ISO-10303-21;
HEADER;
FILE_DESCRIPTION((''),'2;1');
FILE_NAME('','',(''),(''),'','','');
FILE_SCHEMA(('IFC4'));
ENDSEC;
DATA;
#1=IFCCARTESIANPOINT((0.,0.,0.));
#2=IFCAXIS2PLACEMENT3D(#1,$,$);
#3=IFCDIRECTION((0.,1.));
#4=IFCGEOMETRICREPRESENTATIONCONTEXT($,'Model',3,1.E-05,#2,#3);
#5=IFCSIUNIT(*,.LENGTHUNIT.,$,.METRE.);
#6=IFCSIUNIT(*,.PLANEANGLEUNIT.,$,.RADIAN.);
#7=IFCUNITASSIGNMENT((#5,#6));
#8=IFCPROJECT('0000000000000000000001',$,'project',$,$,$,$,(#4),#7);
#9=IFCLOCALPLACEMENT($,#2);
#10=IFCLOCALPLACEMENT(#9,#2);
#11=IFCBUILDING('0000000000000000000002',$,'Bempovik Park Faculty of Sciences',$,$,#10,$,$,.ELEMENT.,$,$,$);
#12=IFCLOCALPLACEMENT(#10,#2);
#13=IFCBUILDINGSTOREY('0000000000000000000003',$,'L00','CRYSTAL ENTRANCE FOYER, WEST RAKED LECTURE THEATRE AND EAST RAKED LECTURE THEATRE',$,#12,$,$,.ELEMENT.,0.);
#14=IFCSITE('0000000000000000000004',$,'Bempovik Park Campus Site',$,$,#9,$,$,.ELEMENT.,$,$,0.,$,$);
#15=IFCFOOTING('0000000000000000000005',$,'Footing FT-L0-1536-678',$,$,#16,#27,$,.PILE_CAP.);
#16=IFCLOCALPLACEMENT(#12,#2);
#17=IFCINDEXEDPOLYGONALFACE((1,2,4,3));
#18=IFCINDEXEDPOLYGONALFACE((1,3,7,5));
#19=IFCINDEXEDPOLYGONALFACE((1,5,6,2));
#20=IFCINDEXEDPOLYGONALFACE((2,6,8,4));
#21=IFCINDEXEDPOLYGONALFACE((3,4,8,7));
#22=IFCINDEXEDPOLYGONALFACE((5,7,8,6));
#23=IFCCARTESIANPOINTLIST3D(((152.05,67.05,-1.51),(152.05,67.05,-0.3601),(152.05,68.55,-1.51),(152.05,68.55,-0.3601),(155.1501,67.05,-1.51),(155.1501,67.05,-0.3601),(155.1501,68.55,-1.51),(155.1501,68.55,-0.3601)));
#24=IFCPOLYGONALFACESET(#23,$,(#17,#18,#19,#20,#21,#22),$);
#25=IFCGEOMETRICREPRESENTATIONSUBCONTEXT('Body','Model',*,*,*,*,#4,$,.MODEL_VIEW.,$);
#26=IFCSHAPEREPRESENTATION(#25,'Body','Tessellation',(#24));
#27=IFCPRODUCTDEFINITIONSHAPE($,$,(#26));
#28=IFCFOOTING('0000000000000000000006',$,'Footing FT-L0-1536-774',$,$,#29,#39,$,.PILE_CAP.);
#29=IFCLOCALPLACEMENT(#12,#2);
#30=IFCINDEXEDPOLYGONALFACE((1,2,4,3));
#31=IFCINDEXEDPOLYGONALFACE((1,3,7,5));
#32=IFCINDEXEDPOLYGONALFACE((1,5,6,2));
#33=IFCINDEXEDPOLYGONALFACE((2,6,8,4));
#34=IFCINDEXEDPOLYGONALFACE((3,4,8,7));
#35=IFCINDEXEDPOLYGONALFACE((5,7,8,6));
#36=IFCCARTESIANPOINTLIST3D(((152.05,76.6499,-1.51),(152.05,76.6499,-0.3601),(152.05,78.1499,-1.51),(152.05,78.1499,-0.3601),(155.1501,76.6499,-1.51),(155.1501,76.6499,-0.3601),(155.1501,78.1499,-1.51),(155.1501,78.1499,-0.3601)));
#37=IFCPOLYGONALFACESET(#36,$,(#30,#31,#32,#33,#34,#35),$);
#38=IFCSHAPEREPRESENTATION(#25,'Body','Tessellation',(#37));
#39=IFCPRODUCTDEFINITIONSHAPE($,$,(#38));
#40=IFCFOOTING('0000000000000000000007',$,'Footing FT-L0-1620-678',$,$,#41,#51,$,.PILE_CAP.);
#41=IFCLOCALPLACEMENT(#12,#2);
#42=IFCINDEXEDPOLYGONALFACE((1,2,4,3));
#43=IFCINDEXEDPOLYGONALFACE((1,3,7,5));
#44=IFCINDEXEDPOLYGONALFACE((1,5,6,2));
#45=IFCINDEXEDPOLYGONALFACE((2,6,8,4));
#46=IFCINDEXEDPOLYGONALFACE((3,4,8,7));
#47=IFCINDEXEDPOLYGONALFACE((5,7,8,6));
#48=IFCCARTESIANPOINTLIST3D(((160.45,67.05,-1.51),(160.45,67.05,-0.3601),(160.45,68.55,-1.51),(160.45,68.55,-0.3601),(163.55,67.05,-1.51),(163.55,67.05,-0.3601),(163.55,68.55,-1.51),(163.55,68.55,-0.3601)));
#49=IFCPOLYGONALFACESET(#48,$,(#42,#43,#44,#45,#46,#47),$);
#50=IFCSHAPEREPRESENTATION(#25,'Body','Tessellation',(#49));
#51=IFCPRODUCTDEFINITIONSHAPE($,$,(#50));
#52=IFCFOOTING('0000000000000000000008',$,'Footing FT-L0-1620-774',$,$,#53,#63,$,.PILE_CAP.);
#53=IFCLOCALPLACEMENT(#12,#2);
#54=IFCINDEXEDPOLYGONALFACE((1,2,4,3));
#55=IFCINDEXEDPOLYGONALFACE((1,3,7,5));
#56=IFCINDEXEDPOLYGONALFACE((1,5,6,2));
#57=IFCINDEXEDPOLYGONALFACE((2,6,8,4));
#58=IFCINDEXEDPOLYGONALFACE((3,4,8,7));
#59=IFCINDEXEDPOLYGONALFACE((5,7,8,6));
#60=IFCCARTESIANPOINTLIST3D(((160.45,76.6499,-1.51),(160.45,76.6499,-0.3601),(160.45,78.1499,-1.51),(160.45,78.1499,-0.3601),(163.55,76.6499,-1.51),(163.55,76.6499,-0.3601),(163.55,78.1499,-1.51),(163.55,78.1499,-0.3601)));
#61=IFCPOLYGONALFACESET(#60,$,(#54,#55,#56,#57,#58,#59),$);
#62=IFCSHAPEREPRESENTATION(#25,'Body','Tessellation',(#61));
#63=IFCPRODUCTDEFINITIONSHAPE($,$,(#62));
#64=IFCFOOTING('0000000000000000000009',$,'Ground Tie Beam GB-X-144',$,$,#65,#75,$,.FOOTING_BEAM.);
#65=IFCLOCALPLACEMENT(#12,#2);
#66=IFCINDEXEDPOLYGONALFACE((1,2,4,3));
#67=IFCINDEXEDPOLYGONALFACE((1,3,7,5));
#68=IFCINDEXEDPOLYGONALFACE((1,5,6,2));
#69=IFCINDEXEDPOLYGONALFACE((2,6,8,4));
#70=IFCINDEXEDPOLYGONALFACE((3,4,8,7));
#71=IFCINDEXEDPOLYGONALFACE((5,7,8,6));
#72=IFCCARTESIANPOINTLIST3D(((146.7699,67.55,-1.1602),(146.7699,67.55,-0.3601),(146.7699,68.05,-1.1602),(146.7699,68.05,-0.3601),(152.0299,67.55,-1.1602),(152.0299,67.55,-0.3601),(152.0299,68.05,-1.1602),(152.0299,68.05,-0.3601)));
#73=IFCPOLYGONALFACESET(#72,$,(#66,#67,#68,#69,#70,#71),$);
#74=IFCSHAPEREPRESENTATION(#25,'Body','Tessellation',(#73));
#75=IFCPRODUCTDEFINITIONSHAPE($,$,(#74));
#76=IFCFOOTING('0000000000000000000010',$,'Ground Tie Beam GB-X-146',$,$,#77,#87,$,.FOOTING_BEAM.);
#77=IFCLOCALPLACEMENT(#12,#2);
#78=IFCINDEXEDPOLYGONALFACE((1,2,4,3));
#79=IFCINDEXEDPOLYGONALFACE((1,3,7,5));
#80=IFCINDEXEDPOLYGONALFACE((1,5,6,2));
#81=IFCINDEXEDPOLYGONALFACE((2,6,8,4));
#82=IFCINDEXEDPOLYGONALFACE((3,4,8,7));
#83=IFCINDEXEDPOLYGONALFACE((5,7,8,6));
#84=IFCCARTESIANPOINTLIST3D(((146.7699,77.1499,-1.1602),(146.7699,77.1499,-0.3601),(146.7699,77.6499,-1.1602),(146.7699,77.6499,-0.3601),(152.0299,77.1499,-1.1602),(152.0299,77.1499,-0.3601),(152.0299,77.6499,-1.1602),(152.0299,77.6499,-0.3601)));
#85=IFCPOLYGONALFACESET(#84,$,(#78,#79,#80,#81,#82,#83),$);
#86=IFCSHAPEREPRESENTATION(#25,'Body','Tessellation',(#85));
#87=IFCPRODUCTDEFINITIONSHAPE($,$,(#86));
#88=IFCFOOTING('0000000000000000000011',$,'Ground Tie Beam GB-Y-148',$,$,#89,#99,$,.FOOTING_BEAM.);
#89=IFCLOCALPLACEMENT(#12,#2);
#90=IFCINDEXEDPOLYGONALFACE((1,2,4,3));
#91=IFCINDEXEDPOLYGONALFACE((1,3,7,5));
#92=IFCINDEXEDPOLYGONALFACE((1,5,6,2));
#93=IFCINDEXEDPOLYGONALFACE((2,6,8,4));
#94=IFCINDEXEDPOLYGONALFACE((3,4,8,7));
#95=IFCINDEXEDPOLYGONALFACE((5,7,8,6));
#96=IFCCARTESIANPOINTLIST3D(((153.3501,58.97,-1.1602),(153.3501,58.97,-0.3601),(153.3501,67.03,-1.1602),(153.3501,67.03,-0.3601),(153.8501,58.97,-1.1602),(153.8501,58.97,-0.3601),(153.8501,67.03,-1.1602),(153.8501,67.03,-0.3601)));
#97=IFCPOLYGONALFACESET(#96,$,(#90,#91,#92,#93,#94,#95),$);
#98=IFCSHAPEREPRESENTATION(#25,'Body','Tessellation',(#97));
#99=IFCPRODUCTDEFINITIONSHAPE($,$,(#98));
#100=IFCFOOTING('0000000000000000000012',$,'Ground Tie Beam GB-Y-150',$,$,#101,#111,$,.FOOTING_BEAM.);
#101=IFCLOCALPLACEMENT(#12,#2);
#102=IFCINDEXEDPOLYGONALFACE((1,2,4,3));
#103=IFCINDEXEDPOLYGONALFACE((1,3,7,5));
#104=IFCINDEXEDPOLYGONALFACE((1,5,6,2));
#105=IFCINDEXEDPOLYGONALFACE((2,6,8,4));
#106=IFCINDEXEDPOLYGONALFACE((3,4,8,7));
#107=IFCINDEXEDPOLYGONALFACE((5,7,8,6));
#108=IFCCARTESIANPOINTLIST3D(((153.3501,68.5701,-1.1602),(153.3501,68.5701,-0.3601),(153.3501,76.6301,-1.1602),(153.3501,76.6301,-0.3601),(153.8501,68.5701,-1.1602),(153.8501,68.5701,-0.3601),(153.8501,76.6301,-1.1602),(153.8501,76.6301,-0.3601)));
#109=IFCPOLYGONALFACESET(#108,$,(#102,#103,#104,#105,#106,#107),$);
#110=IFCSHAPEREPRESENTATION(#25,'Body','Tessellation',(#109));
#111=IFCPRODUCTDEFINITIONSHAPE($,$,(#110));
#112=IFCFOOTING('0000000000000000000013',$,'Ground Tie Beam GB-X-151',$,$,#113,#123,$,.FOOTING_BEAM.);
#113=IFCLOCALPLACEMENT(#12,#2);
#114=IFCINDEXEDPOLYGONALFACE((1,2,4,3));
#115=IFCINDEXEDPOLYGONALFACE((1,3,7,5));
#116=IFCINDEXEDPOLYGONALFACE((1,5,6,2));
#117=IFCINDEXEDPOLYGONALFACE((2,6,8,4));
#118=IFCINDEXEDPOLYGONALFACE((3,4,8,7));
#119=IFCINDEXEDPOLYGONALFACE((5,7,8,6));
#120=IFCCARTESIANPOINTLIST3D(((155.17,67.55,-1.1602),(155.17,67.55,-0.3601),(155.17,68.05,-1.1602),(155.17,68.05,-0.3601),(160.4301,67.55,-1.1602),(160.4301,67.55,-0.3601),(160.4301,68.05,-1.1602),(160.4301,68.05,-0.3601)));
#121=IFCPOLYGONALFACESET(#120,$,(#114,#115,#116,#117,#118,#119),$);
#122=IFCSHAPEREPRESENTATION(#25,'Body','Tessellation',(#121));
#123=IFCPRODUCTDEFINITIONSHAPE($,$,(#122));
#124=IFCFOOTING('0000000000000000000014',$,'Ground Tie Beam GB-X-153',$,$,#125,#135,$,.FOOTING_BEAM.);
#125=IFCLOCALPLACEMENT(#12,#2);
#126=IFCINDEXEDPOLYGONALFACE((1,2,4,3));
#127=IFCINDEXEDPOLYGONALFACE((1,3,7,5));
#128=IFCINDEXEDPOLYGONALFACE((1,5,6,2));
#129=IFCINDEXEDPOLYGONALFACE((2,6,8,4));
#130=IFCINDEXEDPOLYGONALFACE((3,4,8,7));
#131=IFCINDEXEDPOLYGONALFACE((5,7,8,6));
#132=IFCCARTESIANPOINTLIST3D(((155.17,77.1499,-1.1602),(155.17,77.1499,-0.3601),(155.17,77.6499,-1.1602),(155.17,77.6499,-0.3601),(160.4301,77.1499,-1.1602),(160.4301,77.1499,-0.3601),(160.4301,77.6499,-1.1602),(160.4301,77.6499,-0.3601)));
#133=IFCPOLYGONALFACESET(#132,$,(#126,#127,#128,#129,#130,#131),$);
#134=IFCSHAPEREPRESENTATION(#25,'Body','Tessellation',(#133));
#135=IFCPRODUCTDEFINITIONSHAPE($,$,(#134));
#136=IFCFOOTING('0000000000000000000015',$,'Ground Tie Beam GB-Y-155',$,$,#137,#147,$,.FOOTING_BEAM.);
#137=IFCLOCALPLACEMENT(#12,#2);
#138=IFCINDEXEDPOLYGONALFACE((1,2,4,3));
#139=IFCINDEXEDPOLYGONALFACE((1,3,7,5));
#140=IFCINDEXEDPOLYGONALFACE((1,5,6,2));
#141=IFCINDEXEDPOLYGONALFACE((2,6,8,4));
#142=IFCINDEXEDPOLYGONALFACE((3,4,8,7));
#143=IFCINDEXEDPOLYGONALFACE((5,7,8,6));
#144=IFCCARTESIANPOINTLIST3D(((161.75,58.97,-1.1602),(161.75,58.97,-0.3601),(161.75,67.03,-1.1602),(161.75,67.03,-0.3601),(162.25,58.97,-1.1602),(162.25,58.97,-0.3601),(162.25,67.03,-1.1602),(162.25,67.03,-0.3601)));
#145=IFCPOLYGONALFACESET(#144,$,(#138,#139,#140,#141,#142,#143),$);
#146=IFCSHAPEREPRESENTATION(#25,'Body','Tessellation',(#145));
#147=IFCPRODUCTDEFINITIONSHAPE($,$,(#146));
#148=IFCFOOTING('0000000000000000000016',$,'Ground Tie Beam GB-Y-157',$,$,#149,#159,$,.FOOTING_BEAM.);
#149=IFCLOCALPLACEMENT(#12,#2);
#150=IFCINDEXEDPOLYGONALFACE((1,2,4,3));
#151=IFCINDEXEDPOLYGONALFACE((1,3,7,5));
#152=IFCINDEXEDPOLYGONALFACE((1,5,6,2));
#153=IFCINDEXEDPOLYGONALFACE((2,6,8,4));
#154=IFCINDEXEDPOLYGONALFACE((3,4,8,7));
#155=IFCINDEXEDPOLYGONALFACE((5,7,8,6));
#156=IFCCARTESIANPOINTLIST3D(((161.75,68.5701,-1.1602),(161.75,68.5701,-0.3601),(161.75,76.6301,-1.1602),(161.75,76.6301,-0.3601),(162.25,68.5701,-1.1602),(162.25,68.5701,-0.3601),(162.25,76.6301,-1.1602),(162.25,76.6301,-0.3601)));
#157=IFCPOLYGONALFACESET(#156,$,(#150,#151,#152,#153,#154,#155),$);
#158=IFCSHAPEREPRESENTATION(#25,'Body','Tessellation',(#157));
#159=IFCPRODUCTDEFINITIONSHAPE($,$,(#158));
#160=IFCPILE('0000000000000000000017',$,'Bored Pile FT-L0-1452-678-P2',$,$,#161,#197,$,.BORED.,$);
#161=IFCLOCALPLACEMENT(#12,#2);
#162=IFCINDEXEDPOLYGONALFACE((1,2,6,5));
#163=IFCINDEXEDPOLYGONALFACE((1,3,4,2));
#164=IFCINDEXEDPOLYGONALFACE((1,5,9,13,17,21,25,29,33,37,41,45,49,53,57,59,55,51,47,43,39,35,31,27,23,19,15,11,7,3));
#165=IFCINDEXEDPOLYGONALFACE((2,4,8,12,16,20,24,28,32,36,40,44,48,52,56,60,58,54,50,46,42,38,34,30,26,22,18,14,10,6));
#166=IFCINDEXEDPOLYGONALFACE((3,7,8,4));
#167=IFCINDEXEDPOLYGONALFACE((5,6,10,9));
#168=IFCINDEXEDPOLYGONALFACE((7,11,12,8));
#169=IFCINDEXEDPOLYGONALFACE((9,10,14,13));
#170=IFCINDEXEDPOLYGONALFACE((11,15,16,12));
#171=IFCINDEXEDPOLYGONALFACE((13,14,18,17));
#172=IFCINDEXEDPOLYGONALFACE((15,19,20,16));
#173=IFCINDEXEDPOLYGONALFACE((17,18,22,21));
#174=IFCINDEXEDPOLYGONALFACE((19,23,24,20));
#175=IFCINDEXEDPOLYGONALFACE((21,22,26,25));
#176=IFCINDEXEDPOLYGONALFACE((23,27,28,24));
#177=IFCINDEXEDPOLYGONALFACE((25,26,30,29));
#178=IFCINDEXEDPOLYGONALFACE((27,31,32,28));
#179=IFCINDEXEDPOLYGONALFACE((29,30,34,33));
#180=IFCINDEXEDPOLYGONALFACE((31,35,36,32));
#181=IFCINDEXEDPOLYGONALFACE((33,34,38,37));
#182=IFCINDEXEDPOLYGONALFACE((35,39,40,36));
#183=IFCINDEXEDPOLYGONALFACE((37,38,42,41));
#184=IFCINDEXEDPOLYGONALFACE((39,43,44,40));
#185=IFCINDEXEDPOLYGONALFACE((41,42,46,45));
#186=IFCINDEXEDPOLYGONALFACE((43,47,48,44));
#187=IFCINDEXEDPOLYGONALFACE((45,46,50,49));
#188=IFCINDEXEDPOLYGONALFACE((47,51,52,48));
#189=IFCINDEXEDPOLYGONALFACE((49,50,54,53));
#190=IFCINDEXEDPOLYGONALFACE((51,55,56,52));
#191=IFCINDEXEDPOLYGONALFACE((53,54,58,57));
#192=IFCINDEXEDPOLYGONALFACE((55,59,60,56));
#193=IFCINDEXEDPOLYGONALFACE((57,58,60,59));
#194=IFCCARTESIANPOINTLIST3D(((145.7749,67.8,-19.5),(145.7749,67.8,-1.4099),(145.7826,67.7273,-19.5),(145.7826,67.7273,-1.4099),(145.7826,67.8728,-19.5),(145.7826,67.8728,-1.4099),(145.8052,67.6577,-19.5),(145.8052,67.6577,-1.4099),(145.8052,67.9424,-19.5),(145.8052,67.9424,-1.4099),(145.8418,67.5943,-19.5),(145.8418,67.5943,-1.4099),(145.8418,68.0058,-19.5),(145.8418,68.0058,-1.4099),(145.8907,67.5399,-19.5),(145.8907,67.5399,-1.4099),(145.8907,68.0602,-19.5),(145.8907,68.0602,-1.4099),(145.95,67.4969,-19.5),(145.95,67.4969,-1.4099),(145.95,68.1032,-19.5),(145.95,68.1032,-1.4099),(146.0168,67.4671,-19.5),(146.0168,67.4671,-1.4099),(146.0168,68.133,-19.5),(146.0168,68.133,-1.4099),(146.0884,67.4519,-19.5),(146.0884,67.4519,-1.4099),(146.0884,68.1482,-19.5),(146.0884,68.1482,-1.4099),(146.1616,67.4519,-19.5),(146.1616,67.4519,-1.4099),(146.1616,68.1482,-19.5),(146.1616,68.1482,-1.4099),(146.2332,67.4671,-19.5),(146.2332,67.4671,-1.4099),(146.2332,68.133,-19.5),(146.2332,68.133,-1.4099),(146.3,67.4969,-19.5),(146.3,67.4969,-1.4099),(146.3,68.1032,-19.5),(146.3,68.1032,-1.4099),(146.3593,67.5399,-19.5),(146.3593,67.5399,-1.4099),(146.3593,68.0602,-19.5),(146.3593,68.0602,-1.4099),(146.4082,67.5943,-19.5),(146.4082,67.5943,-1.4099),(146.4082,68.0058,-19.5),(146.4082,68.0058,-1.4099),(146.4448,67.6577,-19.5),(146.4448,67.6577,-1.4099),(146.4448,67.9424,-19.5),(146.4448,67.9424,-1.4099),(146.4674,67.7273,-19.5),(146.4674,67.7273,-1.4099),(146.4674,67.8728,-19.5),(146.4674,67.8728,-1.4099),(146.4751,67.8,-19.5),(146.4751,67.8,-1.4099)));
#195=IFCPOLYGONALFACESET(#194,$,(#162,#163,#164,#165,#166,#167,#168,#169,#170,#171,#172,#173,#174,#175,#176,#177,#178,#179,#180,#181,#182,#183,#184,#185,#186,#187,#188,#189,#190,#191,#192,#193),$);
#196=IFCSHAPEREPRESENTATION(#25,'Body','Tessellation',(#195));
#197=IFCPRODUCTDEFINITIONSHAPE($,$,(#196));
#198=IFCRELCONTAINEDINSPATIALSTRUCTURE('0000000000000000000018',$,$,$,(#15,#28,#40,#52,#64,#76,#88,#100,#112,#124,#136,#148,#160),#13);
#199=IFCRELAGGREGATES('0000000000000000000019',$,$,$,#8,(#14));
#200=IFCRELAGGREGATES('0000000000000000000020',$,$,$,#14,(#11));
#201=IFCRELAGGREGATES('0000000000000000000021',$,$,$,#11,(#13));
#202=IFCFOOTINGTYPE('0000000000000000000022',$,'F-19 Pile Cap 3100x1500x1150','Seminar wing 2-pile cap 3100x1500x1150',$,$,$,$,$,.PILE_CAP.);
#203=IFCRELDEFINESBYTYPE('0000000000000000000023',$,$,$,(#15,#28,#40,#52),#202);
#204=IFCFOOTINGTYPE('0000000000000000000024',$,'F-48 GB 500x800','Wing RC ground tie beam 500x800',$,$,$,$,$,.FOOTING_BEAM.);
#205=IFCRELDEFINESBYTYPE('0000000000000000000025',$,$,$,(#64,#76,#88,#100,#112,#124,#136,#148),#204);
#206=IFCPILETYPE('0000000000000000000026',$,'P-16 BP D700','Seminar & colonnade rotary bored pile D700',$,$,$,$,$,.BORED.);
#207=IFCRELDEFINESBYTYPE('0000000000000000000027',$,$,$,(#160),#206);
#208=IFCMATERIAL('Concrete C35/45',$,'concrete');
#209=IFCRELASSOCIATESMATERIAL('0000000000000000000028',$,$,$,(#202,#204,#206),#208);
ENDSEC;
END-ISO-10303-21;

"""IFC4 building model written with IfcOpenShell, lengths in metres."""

from ifc_helpers import new_model, si_unit, direction, frame, origin, origin_2d, place, context, subcontext, project, spatial, rectangle, circle, extrude, material, material_profile, profile_set, type_object, element, save


model = new_model("IFC4")

# Units and contexts
model_context = context("Model", 3, precision=1e-05, world=origin(), true_north=direction((0.0, 1.0)))
body_context = subcontext(model_context, "Body", "Model", "MODEL_VIEW")
ifc_project = project(units=[si_unit("LENGTHUNIT", "METRE"), si_unit("PLANEANGLEUNIT", "RADIAN")], contexts=[model_context])

# Site, building, storey
site_placement = place(None, origin())
site = spatial("IfcSite", under=ifc_project, at=site_placement, Name="Bempovik Park Campus Site", CompositionType="ELEMENT", RefElevation=0.0)
building_placement = place(site_placement, origin())
building = spatial("IfcBuilding", under=site, at=building_placement, Name="Bempovik Park Faculty of Sciences", CompositionType="ELEMENT")
storey_placement = place(building_placement, origin())
storey = spatial("IfcBuildingStorey", under=building, at=storey_placement, Name="L00", Description="CRYSTAL ENTRANCE FOYER, WEST RAKED LECTURE THEATRE AND EAST RAKED LECTURE THEATRE", CompositionType="ELEMENT", Elevation=0.0)

# Footings
ifc_material_1 = material(Name="Concrete C35/45", Category="concrete")
footing_type_1 = type_object("IfcFootingType", Name="F-19 Pile Cap 3100x1500x1150", Description="Seminar wing 2-pile cap 3100x1500x1150", PredefinedType="PILE_CAP", material=ifc_material_1)
for number, where, z_axis, x_axis, name in (
    (1, (153.6001, 67.8, -1.51), (0.0, 0.0, 1.0), (1.0, 0.0, 0.0), "Footing FT-L0-1536-678"),
    (2, (153.6001, 77.3999, -1.51), (0.0, 0.0, 1.0), (1.0, 0.0, 0.0), "Footing FT-L0-1536-774"),
    (3, (162.0, 67.8, -1.51), (0.0, 0.0, 1.0), (1.0, 0.0, 0.0), "Footing FT-L0-1620-678"),
    (4, (162.0, 77.3999, -1.51), (0.0, 0.0, 1.0), (1.0, 0.0, 0.0), "Footing FT-L0-1620-774"),
):
    element("IfcFooting", number, at=place(storey_placement, frame(where, z_axis=z_axis, x_axis=x_axis)), inside=storey, type_object=footing_type_1, Name=name, PredefinedType="PILE_CAP", context=body_context, shape_type="SweptSolid", body=[
        extrude(rectangle(XDim=3.1001, YDim=1.5, at=origin_2d()), origin(), (0.0, 0.0, 1.0), 1.1499),
    ])
footing_type_2 = type_object("IfcFootingType", Name="F-48 GB 500x800", Description="Wing RC ground tie beam 500x800", PredefinedType="FOOTING_BEAM", material=ifc_material_1)
for number, where, z_axis, x_axis, name in (
    (5, (149.3999, 67.8, -1.1602), (0.0, 0.0, 1.0), (1.0, 0.0, 0.0), "Ground Tie Beam GB-X-144"),
    (6, (149.3999, 77.3999, -1.1602), (0.0, 0.0, 1.0), (1.0, 0.0, 0.0), "Ground Tie Beam GB-X-146"),
):
    element("IfcFooting", number, at=place(storey_placement, frame(where, z_axis=z_axis, x_axis=x_axis)), inside=storey, type_object=footing_type_2, Name=name, PredefinedType="FOOTING_BEAM", context=body_context, shape_type="SweptSolid", body=[
        extrude(rectangle(XDim=5.26, YDim=0.5, at=origin_2d()), origin(), (0.0, 0.0, 1.0), 0.8),
    ])
for number, where, z_axis, x_axis, name in (
    (7, (153.6001, 63.0, -1.1602), (0.0, 0.0, 1.0), (1.0, 0.0, 0.0), "Ground Tie Beam GB-Y-148"),
    (8, (153.6001, 72.6001, -1.1602), (0.0, 0.0, 1.0), (1.0, 0.0, 0.0), "Ground Tie Beam GB-Y-150"),
):
    element("IfcFooting", number, at=place(storey_placement, frame(where, z_axis=z_axis, x_axis=x_axis)), inside=storey, type_object=footing_type_2, Name=name, PredefinedType="FOOTING_BEAM", context=body_context, shape_type="SweptSolid", body=[
        extrude(rectangle(XDim=0.5, YDim=8.0601, at=origin_2d()), origin(), (0.0, 0.0, 1.0), 0.8),
    ])
for number, where, z_axis, x_axis, name in (
    (9, (157.8, 67.8, -1.1602), (0.0, 0.0, 1.0), (1.0, 0.0, 0.0), "Ground Tie Beam GB-X-151"),
    (10, (157.8, 77.3999, -1.1602), (0.0, 0.0, 1.0), (1.0, 0.0, 0.0), "Ground Tie Beam GB-X-153"),
):
    element("IfcFooting", number, at=place(storey_placement, frame(where, z_axis=z_axis, x_axis=x_axis)), inside=storey, type_object=footing_type_2, Name=name, PredefinedType="FOOTING_BEAM", context=body_context, shape_type="SweptSolid", body=[
        extrude(rectangle(XDim=5.26, YDim=0.5, at=origin_2d()), origin(), (0.0, 0.0, 1.0), 0.8),
    ])
for number, where, z_axis, x_axis, name in (
    (11, (162.0, 63.0, -1.1602), (0.0, 0.0, 1.0), (1.0, 0.0, 0.0), "Ground Tie Beam GB-Y-155"),
    (12, (162.0, 72.6001, -1.1602), (0.0, 0.0, 1.0), (1.0, 0.0, 0.0), "Ground Tie Beam GB-Y-157"),
):
    element("IfcFooting", number, at=place(storey_placement, frame(where, z_axis=z_axis, x_axis=x_axis)), inside=storey, type_object=footing_type_2, Name=name, PredefinedType="FOOTING_BEAM", context=body_context, shape_type="SweptSolid", body=[
        extrude(rectangle(XDim=0.5, YDim=8.0601, at=origin_2d()), origin(), (0.0, 0.0, 1.0), 0.8),
    ])

# Pile
ifc_material_profile_1 = material_profile(ifc_material_1, circle(Radius=0.3501, at=origin_2d()), Name="BP D700")
ifc_profile_set_1 = profile_set([ifc_material_profile_1], Name="Concrete C35/45")
pile_type = type_object("IfcPileType", Name="P-16 BP D700", Description="Seminar & colonnade rotary bored pile D700", PredefinedType="BORED", material=ifc_profile_set_1)
for number, where, z_axis, x_axis, name in (
    (13, (146.125, 67.8, -1.4099), (0.0, 0.0, -1.0), (1.0, 0.0, 0.0), "Bored Pile FT-L0-1452-678-P2"),
):
    element("IfcPile", number, at=place(storey_placement, frame(where, z_axis=z_axis, x_axis=x_axis)), inside=storey, type_object=pile_type, Name=name, PredefinedType="BORED", context=body_context, shape_type="SweptSolid", body=[
        extrude(circle(Radius=0.3501, at=origin_2d()), origin(), (0.0, 0.0, 1.0), 18.0901),
    ])

save(model, "model.ifc")
